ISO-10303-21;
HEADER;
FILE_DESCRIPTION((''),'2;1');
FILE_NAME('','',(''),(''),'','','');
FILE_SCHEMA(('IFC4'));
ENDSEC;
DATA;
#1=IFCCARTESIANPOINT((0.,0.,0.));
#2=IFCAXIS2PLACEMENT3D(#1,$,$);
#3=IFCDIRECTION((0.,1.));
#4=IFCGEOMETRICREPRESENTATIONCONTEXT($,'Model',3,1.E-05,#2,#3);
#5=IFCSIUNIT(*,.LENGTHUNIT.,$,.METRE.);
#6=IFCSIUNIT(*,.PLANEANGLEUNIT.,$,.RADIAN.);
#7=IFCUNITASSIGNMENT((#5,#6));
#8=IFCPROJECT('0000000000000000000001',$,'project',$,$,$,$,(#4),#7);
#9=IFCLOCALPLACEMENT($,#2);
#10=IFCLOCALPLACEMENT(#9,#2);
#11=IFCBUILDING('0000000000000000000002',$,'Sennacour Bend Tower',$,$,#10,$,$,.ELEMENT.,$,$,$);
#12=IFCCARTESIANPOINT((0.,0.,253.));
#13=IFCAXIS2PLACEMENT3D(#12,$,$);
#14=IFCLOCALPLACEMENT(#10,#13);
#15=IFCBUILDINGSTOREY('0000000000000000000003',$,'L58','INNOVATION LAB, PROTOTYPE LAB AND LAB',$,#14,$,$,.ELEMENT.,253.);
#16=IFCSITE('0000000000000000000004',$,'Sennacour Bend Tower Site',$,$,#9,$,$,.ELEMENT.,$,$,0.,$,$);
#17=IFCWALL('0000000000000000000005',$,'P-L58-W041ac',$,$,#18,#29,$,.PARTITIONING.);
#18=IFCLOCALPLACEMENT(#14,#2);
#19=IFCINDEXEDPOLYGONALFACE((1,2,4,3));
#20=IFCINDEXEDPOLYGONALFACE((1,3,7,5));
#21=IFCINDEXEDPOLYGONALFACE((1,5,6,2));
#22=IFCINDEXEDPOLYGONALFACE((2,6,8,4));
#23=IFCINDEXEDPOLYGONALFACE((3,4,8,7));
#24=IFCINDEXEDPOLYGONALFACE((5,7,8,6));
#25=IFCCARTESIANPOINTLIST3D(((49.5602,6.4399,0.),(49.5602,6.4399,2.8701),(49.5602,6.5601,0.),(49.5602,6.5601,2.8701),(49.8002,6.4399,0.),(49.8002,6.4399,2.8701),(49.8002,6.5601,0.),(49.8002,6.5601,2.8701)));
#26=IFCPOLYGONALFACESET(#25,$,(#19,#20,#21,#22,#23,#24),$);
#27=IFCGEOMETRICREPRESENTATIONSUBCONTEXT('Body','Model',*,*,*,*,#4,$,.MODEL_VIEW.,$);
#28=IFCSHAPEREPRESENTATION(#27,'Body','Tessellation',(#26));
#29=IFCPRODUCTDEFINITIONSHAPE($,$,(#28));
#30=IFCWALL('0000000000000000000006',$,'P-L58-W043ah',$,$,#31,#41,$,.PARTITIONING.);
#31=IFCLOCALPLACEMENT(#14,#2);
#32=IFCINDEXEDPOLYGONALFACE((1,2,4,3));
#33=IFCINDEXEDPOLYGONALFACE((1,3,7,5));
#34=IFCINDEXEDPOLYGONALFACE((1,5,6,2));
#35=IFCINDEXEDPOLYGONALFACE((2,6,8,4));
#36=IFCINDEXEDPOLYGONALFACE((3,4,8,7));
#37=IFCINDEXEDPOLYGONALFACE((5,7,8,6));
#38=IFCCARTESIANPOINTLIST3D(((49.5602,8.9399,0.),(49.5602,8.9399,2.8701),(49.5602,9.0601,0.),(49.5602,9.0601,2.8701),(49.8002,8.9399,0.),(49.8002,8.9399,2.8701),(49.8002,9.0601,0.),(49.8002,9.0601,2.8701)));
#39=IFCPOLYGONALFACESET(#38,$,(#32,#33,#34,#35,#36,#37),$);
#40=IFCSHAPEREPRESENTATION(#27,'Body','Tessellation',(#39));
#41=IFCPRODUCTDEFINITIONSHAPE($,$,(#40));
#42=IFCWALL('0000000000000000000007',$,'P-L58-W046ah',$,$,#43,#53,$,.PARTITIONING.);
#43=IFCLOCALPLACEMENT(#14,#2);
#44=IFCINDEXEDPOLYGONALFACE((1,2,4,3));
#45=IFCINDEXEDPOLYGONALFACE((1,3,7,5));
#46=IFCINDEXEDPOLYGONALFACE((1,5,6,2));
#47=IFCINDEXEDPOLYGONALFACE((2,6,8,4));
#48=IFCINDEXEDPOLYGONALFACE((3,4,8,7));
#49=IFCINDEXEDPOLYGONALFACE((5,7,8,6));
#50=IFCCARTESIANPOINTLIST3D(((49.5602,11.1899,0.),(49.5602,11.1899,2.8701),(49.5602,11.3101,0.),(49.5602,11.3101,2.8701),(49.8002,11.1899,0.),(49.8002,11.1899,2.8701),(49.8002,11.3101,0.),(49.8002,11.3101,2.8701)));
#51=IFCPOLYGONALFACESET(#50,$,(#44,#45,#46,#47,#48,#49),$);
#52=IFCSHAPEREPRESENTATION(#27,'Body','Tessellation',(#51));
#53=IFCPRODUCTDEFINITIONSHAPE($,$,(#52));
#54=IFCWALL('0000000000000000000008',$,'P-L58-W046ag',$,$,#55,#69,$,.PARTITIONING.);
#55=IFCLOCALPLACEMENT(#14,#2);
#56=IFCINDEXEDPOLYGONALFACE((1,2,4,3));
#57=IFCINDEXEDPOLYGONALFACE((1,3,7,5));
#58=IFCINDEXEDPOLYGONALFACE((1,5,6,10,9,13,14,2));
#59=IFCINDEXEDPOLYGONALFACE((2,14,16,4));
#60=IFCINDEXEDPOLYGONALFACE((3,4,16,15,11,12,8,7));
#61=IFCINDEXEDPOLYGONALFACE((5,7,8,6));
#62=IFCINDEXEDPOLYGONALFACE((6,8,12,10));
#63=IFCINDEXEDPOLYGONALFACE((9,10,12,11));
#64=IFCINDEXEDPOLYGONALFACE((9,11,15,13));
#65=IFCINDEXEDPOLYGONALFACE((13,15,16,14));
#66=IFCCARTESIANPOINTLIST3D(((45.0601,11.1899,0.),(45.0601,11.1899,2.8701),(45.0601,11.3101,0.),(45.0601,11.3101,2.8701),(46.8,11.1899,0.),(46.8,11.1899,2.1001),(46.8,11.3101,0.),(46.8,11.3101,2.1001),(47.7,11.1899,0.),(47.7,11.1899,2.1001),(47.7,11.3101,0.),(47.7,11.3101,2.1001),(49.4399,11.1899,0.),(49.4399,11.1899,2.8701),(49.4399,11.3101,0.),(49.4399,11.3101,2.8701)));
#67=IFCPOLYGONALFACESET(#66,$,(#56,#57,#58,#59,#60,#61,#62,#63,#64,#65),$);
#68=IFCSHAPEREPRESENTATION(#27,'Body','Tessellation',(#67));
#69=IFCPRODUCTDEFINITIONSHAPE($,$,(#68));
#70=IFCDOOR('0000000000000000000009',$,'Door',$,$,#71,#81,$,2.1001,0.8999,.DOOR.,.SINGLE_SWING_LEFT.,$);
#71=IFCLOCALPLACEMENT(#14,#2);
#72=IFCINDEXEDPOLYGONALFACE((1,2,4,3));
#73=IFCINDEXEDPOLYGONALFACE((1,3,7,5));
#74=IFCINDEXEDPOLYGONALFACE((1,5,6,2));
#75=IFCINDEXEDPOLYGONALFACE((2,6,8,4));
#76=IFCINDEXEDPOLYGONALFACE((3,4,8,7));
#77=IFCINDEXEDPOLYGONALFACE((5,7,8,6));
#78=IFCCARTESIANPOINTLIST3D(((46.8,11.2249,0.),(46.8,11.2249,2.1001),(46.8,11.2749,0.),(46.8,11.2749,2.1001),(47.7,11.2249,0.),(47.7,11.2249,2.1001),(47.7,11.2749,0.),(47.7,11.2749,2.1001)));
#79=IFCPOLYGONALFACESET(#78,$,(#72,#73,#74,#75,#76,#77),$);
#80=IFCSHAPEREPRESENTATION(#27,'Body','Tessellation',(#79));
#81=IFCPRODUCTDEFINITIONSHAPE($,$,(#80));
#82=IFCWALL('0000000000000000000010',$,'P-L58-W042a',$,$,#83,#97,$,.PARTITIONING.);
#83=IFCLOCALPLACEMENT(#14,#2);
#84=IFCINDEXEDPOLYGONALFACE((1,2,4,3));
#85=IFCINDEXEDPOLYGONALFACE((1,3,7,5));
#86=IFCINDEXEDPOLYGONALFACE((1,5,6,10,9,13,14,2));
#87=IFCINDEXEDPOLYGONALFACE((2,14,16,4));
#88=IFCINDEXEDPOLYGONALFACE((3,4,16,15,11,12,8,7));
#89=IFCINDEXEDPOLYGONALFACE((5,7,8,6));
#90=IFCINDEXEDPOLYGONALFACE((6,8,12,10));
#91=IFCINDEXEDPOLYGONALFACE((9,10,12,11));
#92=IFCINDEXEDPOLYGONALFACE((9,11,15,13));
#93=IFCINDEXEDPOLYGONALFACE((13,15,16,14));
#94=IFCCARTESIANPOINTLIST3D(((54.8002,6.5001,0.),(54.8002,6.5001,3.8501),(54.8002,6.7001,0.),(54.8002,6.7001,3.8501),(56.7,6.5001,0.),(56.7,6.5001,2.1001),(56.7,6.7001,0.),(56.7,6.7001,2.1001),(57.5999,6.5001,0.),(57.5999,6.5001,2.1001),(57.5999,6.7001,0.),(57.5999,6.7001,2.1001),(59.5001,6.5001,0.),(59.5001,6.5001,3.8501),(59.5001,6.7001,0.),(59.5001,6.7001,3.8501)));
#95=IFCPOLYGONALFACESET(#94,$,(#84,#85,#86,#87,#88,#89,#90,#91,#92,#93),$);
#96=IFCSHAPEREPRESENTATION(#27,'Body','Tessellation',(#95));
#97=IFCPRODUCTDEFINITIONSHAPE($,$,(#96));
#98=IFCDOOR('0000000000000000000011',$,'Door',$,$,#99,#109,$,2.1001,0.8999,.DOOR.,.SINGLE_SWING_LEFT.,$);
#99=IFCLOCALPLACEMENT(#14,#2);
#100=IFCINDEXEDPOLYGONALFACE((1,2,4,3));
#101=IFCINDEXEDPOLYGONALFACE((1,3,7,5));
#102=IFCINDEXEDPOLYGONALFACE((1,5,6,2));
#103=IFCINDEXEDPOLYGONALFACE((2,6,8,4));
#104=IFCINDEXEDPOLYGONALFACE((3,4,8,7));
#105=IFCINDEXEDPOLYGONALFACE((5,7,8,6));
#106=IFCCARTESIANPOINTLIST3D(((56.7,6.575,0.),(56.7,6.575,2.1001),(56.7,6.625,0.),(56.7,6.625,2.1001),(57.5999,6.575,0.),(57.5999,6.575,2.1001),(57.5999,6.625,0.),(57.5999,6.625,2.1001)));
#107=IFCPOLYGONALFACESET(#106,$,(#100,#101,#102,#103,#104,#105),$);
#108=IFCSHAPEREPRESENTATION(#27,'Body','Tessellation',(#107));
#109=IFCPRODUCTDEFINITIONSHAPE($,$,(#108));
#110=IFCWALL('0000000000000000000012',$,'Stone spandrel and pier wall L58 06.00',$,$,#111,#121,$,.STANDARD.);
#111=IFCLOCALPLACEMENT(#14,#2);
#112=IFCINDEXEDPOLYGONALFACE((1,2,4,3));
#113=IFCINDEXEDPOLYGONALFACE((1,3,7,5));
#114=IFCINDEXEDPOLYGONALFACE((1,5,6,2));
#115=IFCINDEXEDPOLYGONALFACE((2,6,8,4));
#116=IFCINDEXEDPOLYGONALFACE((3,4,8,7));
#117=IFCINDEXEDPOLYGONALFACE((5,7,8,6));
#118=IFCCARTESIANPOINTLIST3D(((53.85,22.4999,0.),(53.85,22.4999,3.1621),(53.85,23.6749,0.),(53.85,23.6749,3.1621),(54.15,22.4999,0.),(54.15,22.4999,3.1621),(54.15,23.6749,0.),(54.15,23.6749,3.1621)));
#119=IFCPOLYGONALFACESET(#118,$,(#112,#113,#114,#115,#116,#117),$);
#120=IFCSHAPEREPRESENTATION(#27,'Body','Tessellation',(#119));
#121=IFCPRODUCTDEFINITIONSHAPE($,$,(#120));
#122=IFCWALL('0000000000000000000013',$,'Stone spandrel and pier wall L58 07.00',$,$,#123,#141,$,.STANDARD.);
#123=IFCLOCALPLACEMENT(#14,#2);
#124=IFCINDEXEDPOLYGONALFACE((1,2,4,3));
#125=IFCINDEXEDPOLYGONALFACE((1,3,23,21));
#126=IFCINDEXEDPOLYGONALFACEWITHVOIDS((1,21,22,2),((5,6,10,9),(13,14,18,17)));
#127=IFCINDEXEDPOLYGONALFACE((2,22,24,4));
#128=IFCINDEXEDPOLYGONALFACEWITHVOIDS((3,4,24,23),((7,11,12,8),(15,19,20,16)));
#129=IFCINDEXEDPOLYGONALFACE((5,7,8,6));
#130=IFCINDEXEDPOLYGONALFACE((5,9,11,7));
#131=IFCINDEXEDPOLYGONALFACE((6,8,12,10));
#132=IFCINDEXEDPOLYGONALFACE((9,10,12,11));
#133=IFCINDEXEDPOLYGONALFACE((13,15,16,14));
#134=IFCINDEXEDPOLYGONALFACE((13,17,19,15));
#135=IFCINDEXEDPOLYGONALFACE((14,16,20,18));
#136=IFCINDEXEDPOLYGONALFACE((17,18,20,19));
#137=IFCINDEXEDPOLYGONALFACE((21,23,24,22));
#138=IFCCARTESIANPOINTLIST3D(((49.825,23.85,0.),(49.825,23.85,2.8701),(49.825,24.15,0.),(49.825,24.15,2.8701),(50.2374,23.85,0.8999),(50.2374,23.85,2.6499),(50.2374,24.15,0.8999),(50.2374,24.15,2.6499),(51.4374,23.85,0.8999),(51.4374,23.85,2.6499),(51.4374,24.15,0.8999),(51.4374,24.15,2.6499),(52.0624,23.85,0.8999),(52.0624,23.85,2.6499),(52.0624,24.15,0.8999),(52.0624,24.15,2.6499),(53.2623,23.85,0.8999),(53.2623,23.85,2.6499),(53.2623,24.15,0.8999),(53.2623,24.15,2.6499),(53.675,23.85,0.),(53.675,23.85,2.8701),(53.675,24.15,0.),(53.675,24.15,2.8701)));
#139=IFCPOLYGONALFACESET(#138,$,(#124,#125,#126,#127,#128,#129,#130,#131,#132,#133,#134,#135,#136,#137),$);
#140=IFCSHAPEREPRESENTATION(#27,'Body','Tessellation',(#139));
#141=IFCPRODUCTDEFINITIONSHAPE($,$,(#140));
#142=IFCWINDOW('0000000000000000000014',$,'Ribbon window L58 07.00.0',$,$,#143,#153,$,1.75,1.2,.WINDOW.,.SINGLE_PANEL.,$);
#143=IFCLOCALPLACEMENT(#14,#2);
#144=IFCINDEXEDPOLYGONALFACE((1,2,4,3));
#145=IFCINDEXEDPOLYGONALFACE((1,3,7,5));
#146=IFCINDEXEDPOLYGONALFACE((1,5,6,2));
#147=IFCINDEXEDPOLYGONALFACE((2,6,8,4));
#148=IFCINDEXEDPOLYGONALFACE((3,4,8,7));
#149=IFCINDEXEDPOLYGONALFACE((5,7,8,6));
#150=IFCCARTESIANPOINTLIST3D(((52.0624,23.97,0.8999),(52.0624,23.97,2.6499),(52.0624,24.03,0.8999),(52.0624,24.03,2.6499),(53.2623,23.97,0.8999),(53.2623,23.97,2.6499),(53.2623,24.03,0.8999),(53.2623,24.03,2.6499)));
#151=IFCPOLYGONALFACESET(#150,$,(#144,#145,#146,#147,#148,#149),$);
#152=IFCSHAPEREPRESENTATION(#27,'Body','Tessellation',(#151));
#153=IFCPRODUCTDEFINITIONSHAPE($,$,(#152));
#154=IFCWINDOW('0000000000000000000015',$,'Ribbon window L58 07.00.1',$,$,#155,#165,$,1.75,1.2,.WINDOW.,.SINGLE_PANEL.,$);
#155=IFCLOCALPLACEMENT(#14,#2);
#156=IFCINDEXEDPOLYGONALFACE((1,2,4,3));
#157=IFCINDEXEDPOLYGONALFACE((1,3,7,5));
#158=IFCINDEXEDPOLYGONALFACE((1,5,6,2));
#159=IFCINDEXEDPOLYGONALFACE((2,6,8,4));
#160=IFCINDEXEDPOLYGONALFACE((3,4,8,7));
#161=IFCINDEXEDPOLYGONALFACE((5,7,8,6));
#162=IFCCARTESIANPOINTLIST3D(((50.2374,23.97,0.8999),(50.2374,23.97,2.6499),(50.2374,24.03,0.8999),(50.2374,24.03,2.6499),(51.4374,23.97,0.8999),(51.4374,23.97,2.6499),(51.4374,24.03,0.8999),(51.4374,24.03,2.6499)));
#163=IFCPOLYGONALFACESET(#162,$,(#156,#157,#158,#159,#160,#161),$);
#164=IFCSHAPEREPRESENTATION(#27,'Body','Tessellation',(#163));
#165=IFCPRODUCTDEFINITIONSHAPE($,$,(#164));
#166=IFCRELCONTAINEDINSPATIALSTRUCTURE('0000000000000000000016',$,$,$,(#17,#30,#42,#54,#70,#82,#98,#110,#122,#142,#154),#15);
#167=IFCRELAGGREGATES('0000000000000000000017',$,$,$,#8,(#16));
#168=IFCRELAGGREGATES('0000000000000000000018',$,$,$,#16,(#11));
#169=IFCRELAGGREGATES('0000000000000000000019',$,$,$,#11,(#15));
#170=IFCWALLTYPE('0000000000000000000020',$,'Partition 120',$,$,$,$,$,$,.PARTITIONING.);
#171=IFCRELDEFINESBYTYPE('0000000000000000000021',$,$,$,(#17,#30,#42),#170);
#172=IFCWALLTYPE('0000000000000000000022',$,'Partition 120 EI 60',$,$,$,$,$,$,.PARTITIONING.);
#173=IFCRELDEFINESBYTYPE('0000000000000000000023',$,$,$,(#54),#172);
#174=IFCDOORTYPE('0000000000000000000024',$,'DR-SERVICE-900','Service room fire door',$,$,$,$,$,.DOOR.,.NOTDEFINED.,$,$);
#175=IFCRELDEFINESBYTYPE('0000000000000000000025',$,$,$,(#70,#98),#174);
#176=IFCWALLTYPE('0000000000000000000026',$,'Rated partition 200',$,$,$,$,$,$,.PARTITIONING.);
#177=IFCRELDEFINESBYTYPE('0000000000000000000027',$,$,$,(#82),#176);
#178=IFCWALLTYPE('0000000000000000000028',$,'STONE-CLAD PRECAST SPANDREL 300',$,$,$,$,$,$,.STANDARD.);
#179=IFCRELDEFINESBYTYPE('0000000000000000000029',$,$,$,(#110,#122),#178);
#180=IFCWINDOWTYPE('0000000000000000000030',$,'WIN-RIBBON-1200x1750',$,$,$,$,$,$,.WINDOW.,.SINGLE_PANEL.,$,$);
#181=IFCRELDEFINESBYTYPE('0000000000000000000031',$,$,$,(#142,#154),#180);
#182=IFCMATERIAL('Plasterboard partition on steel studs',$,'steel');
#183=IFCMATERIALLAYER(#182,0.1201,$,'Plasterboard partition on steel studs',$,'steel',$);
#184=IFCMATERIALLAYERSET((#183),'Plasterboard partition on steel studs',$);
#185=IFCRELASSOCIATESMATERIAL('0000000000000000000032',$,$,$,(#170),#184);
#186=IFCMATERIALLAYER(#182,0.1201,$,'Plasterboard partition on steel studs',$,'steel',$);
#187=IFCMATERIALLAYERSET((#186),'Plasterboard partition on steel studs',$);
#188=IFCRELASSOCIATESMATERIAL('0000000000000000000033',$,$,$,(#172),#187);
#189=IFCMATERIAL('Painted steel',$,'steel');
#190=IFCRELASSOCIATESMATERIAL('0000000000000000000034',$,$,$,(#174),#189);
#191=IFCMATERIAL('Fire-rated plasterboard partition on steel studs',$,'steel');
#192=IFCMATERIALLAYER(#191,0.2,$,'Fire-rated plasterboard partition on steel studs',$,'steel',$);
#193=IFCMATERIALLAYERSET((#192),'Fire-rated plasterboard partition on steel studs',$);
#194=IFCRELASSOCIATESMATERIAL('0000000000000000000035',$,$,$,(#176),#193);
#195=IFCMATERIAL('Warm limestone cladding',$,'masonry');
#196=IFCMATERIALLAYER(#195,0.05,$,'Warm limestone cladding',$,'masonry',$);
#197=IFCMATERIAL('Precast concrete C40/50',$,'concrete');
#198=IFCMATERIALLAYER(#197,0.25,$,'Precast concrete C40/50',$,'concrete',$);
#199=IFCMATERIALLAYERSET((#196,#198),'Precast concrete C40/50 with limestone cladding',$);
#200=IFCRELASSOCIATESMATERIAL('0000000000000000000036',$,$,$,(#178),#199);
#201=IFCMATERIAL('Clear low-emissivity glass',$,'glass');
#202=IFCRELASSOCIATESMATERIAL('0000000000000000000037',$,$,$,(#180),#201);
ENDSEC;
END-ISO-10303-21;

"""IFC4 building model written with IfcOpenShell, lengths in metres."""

from ifc_helpers import new_model, si_unit, direction, frame, frame_2d, origin, place, context, subcontext, project, spatial, rectangle, extrude, material, layer, layer_set, type_object, element, fill, save


model = new_model("IFC4")

# Units and contexts
model_context = context("Model", 3, precision=1e-05, world=origin(), true_north=direction((0.0, 1.0)))
body_context = subcontext(model_context, "Body", "Model", "MODEL_VIEW")
ifc_project = project(units=[si_unit("LENGTHUNIT", "METRE"), si_unit("PLANEANGLEUNIT", "RADIAN")], contexts=[model_context])

# Site, building, storey
site_placement = place(None, origin())
site = spatial("IfcSite", under=ifc_project, at=site_placement, Name="Sennacour Bend Tower Site", CompositionType="ELEMENT", RefElevation=0.0)
building_placement = place(site_placement, origin())
building = spatial("IfcBuilding", under=site, at=building_placement, Name="Sennacour Bend Tower", CompositionType="ELEMENT")
storey_placement = place(building_placement, frame((0.0, 0.0, 253.0)))
storey = spatial("IfcBuildingStorey", under=building, at=storey_placement, Name="L58", Description="INNOVATION LAB, PROTOTYPE LAB AND LAB", CompositionType="ELEMENT", Elevation=253.0)

# Walls
ifc_material_1 = material(Name="Plasterboard partition on steel studs", Category="steel")
ifc_layer_1 = layer(ifc_material_1, 0.1201, Name="Plasterboard partition on steel studs", Category="steel")
ifc_layer_set_1 = layer_set([ifc_layer_1], Name="Plasterboard partition on steel studs")
wall_type_1 = type_object("IfcWallType", Name="Partition 120", PredefinedType="PARTITIONING", material=ifc_layer_set_1)
for number, where, z_axis, x_axis, name in (
    (1, (49.5601, 6.5, 0.0), (0.0, 0.0, 1.0), (1.0, 0.0, 0.0), "P-L58-W041ac"),
    (2, (49.5601, 9.0, 0.0), (0.0, 0.0, 1.0), (1.0, 0.0, 0.0), "P-L58-W043ah"),
    (3, (49.5601, 11.25, 0.0), (0.0, 0.0, 1.0), (1.0, 0.0, 0.0), "P-L58-W046ah"),
):
    element("IfcWall", number, at=place(storey_placement, frame(where, z_axis=z_axis, x_axis=x_axis)), inside=storey, type_object=wall_type_1, Name=name, PredefinedType="PARTITIONING", context=body_context, shape_type="SweptSolid", body=[
        extrude(rectangle(XDim=0.24, YDim=0.1201, at=frame_2d((0.1201, 0.0))), origin(), (0.0, 0.0, 1.0), 2.8701),
    ])

# Walls, openings, doors
ifc_layer_2 = layer(ifc_material_1, 0.1201, Name="Plasterboard partition on steel studs", Category="steel")
ifc_layer_set_2 = layer_set([ifc_layer_2], Name="Plasterboard partition on steel studs")
wall_type_2 = type_object("IfcWallType", Name="Partition 120 EI 60", PredefinedType="PARTITIONING", material=ifc_layer_set_2)
wall_1_placement = place(storey_placement, frame((45.0601, 11.25, 0.0), z_axis=(0.0, 0.0, 1.0), x_axis=(1.0, 0.0, 0.0)))
wall_1 = element("IfcWall", 4, at=wall_1_placement, inside=storey, type_object=wall_type_2, Name="P-L58-W046ag", PredefinedType="PARTITIONING", context=body_context, shape_type="SweptSolid", body=[
    extrude(rectangle(XDim=4.3799, YDim=0.1201, at=frame_2d((2.1899, 0.0))), origin(), (0.0, 0.0, 1.0), 2.8701),
])
opening_1_placement = place(wall_1_placement, frame((1.74, 0.0, 0.0)))
opening_1 = element("IfcOpeningElement", 5, at=opening_1_placement, cuts=wall_1, PredefinedType="OPENING", context=body_context, shape_type="SweptSolid", body=[
    extrude(rectangle(XDim=0.8999, YDim=2.1001, at=frame_2d((0.45, 1.05))), frame((0.0, 0.0701, 0.0), z_axis=(0.0, -1.0, 0.0), x_axis=(1.0, 0.0, 0.0)), (0.0, 0.0, 1.0), 0.1401),
])
ifc_material_2 = material(Name="Painted steel", Category="steel")
door_type_1 = type_object("IfcDoorType", Name="DR-SERVICE-900", Description="Service room fire door", OperationType="NOTDEFINED", PredefinedType="DOOR", material=ifc_material_2)
door_1_placement = place(opening_1_placement, origin())
door_1 = element("IfcDoor", 6, at=door_1_placement, inside=storey, type_object=door_type_1, Name="Door", OperationType="SINGLE_SWING_LEFT", OverallHeight=2.1001, OverallWidth=0.8999, PredefinedType="DOOR", context=body_context, shape_type="SweptSolid", body=[
    extrude(rectangle(XDim=0.8999, YDim=2.1001, at=frame_2d((0.45, 1.05))), frame((0.0, 0.0249, 0.0), z_axis=(0.0, -1.0, 0.0), x_axis=(1.0, 0.0, 0.0)), (0.0, 0.0, 1.0), 0.05),
])
fill(opening_1, door_1)
ifc_material_3 = material(Name="Fire-rated plasterboard partition on steel studs", Category="steel")
ifc_layer_3 = layer(ifc_material_3, 0.2, Name="Fire-rated plasterboard partition on steel studs", Category="steel")
ifc_layer_set_3 = layer_set([ifc_layer_3], Name="Fire-rated plasterboard partition on steel studs")
wall_type_3 = type_object("IfcWallType", Name="Rated partition 200", PredefinedType="PARTITIONING", material=ifc_layer_set_3)
wall_2_placement = place(storey_placement, frame((54.8, 6.6001, 0.0), z_axis=(0.0, 0.0, 1.0), x_axis=(1.0, 0.0, 0.0)))
wall_2 = element("IfcWall", 7, at=wall_2_placement, inside=storey, type_object=wall_type_3, Name="P-L58-W042a", PredefinedType="PARTITIONING", context=body_context, shape_type="SweptSolid", body=[
    extrude(rectangle(XDim=4.7, YDim=0.2, at=frame_2d((2.3501, 0.0))), origin(), (0.0, 0.0, 1.0), 3.8501),
])
opening_2_placement = place(wall_2_placement, frame((1.8999, 0.0, 0.0)))
opening_2 = element("IfcOpeningElement", 8, at=opening_2_placement, cuts=wall_2, PredefinedType="OPENING", context=body_context, shape_type="SweptSolid", body=[
    extrude(rectangle(XDim=0.8999, YDim=2.1001, at=frame_2d((0.45, 1.05))), frame((0.0, 0.1099, 0.0), z_axis=(0.0, -1.0, 0.0), x_axis=(1.0, 0.0, 0.0)), (0.0, 0.0, 1.0), 0.22),
])
door_2_placement = place(opening_2_placement, origin())
door_2 = element("IfcDoor", 9, at=door_2_placement, inside=storey, type_object=door_type_1, Name="Door", OperationType="SINGLE_SWING_LEFT", OverallHeight=2.1001, OverallWidth=0.8999, PredefinedType="DOOR", context=body_context, shape_type="SweptSolid", body=[
    extrude(rectangle(XDim=0.8999, YDim=2.1001, at=frame_2d((0.45, 1.05))), frame((0.0, 0.0249, 0.0), z_axis=(0.0, -1.0, 0.0), x_axis=(1.0, 0.0, 0.0)), (0.0, 0.0, 1.0), 0.05),
])
fill(opening_2, door_2)

# Wall
ifc_material_4 = material(Name="Warm limestone cladding", Category="masonry")
ifc_layer_4 = layer(ifc_material_4, 0.05, Name="Warm limestone cladding", Category="masonry")
ifc_material_5 = material(Name="Precast concrete C40/50", Category="concrete")
ifc_layer_5 = layer(ifc_material_5, 0.25, Name="Precast concrete C40/50", Category="concrete")
ifc_layer_set_4 = layer_set([ifc_layer_4, ifc_layer_5], Name="Precast concrete C40/50 with limestone cladding")
wall_type_4 = type_object("IfcWallType", Name="STONE-CLAD PRECAST SPANDREL 300", PredefinedType="STANDARD", material=ifc_layer_set_4)
wall_3_placement = place(storey_placement, frame((54.0, 22.5, 0.0), z_axis=(0.0, 0.0, 1.0), x_axis=(0.0, 1.0, 0.0)))
element("IfcWall", 10, at=wall_3_placement, inside=storey, type_object=wall_type_4, Name="Stone spandrel and pier wall L58 06.00", PredefinedType="STANDARD", context=body_context, shape_type="SweptSolid", body=[
    extrude(rectangle(XDim=1.175, YDim=0.3, at=frame_2d((0.5874, 0.0))), origin(), (0.0, 0.0, 1.0), 3.1621),
])

# Wall, openings, windows
wall_4_placement = place(storey_placement, frame((53.675, 24.0, 0.0), z_axis=(0.0, 0.0, 1.0), x_axis=(-1.0, 0.0, 0.0)))
wall_4 = element("IfcWall", 11, at=wall_4_placement, inside=storey, type_object=wall_type_4, Name="Stone spandrel and pier wall L58 07.00", PredefinedType="STANDARD", context=body_context, shape_type="SweptSolid", body=[
    extrude(rectangle(XDim=3.8501, YDim=0.3, at=frame_2d((1.925, 0.0))), origin(), (0.0, 0.0, 1.0), 2.8701),
])
opening_3_placement = place(wall_4_placement, frame((0.4126, 0.0, 0.8999)))
opening_3 = element("IfcOpeningElement", 12, at=opening_3_placement, cuts=wall_4, PredefinedType="OPENING", context=body_context, shape_type="SweptSolid", body=[
    extrude(rectangle(XDim=1.2, YDim=1.75, at=frame_2d((0.6001, 0.875))), frame((0.0, 0.1602, 0.0), z_axis=(0.0, -1.0, 0.0), x_axis=(1.0, 0.0, 0.0)), (0.0, 0.0, 1.0), 0.3201),
])
opening_4_placement = place(wall_4_placement, frame((2.2375, 0.0, 0.8999)))
opening_4 = element("IfcOpeningElement", 13, at=opening_4_placement, cuts=wall_4, PredefinedType="OPENING", context=body_context, shape_type="SweptSolid", body=[
    extrude(rectangle(XDim=1.2, YDim=1.75, at=frame_2d((0.6001, 0.875))), frame((0.0, 0.1602, 0.0), z_axis=(0.0, -1.0, 0.0), x_axis=(1.0, 0.0, 0.0)), (0.0, 0.0, 1.0), 0.3201),
])
ifc_material_6 = material(Name="Clear low-emissivity glass", Category="glass")
window_type = type_object("IfcWindowType", Name="WIN-RIBBON-1200x1750", PartitioningType="SINGLE_PANEL", PredefinedType="WINDOW", material=ifc_material_6)
window_1_placement = place(opening_3_placement, origin())
window_1 = element("IfcWindow", 14, at=window_1_placement, inside=storey, type_object=window_type, Name="Ribbon window L58 07.00.0", OverallHeight=1.75, OverallWidth=1.2, PartitioningType="SINGLE_PANEL", PredefinedType="WINDOW", context=body_context, shape_type="SweptSolid", body=[
    extrude(rectangle(XDim=1.2, YDim=1.75, at=frame_2d((0.6001, 0.875))), frame((0.0, 0.03, 0.0), z_axis=(0.0, -1.0, 0.0), x_axis=(1.0, 0.0, 0.0)), (0.0, 0.0, 1.0), 0.0601),
])
fill(opening_3, window_1)
window_2_placement = place(opening_4_placement, origin())
window_2 = element("IfcWindow", 15, at=window_2_placement, inside=storey, type_object=window_type, Name="Ribbon window L58 07.00.1", OverallHeight=1.75, OverallWidth=1.2, PartitioningType="SINGLE_PANEL", PredefinedType="WINDOW", context=body_context, shape_type="SweptSolid", body=[
    extrude(rectangle(XDim=1.2, YDim=1.75, at=frame_2d((0.6001, 0.875))), frame((0.0, 0.03, 0.0), z_axis=(0.0, -1.0, 0.0), x_axis=(1.0, 0.0, 0.0)), (0.0, 0.0, 1.0), 0.0601),
])
fill(opening_4, window_2)

save(model, "model.ifc")
